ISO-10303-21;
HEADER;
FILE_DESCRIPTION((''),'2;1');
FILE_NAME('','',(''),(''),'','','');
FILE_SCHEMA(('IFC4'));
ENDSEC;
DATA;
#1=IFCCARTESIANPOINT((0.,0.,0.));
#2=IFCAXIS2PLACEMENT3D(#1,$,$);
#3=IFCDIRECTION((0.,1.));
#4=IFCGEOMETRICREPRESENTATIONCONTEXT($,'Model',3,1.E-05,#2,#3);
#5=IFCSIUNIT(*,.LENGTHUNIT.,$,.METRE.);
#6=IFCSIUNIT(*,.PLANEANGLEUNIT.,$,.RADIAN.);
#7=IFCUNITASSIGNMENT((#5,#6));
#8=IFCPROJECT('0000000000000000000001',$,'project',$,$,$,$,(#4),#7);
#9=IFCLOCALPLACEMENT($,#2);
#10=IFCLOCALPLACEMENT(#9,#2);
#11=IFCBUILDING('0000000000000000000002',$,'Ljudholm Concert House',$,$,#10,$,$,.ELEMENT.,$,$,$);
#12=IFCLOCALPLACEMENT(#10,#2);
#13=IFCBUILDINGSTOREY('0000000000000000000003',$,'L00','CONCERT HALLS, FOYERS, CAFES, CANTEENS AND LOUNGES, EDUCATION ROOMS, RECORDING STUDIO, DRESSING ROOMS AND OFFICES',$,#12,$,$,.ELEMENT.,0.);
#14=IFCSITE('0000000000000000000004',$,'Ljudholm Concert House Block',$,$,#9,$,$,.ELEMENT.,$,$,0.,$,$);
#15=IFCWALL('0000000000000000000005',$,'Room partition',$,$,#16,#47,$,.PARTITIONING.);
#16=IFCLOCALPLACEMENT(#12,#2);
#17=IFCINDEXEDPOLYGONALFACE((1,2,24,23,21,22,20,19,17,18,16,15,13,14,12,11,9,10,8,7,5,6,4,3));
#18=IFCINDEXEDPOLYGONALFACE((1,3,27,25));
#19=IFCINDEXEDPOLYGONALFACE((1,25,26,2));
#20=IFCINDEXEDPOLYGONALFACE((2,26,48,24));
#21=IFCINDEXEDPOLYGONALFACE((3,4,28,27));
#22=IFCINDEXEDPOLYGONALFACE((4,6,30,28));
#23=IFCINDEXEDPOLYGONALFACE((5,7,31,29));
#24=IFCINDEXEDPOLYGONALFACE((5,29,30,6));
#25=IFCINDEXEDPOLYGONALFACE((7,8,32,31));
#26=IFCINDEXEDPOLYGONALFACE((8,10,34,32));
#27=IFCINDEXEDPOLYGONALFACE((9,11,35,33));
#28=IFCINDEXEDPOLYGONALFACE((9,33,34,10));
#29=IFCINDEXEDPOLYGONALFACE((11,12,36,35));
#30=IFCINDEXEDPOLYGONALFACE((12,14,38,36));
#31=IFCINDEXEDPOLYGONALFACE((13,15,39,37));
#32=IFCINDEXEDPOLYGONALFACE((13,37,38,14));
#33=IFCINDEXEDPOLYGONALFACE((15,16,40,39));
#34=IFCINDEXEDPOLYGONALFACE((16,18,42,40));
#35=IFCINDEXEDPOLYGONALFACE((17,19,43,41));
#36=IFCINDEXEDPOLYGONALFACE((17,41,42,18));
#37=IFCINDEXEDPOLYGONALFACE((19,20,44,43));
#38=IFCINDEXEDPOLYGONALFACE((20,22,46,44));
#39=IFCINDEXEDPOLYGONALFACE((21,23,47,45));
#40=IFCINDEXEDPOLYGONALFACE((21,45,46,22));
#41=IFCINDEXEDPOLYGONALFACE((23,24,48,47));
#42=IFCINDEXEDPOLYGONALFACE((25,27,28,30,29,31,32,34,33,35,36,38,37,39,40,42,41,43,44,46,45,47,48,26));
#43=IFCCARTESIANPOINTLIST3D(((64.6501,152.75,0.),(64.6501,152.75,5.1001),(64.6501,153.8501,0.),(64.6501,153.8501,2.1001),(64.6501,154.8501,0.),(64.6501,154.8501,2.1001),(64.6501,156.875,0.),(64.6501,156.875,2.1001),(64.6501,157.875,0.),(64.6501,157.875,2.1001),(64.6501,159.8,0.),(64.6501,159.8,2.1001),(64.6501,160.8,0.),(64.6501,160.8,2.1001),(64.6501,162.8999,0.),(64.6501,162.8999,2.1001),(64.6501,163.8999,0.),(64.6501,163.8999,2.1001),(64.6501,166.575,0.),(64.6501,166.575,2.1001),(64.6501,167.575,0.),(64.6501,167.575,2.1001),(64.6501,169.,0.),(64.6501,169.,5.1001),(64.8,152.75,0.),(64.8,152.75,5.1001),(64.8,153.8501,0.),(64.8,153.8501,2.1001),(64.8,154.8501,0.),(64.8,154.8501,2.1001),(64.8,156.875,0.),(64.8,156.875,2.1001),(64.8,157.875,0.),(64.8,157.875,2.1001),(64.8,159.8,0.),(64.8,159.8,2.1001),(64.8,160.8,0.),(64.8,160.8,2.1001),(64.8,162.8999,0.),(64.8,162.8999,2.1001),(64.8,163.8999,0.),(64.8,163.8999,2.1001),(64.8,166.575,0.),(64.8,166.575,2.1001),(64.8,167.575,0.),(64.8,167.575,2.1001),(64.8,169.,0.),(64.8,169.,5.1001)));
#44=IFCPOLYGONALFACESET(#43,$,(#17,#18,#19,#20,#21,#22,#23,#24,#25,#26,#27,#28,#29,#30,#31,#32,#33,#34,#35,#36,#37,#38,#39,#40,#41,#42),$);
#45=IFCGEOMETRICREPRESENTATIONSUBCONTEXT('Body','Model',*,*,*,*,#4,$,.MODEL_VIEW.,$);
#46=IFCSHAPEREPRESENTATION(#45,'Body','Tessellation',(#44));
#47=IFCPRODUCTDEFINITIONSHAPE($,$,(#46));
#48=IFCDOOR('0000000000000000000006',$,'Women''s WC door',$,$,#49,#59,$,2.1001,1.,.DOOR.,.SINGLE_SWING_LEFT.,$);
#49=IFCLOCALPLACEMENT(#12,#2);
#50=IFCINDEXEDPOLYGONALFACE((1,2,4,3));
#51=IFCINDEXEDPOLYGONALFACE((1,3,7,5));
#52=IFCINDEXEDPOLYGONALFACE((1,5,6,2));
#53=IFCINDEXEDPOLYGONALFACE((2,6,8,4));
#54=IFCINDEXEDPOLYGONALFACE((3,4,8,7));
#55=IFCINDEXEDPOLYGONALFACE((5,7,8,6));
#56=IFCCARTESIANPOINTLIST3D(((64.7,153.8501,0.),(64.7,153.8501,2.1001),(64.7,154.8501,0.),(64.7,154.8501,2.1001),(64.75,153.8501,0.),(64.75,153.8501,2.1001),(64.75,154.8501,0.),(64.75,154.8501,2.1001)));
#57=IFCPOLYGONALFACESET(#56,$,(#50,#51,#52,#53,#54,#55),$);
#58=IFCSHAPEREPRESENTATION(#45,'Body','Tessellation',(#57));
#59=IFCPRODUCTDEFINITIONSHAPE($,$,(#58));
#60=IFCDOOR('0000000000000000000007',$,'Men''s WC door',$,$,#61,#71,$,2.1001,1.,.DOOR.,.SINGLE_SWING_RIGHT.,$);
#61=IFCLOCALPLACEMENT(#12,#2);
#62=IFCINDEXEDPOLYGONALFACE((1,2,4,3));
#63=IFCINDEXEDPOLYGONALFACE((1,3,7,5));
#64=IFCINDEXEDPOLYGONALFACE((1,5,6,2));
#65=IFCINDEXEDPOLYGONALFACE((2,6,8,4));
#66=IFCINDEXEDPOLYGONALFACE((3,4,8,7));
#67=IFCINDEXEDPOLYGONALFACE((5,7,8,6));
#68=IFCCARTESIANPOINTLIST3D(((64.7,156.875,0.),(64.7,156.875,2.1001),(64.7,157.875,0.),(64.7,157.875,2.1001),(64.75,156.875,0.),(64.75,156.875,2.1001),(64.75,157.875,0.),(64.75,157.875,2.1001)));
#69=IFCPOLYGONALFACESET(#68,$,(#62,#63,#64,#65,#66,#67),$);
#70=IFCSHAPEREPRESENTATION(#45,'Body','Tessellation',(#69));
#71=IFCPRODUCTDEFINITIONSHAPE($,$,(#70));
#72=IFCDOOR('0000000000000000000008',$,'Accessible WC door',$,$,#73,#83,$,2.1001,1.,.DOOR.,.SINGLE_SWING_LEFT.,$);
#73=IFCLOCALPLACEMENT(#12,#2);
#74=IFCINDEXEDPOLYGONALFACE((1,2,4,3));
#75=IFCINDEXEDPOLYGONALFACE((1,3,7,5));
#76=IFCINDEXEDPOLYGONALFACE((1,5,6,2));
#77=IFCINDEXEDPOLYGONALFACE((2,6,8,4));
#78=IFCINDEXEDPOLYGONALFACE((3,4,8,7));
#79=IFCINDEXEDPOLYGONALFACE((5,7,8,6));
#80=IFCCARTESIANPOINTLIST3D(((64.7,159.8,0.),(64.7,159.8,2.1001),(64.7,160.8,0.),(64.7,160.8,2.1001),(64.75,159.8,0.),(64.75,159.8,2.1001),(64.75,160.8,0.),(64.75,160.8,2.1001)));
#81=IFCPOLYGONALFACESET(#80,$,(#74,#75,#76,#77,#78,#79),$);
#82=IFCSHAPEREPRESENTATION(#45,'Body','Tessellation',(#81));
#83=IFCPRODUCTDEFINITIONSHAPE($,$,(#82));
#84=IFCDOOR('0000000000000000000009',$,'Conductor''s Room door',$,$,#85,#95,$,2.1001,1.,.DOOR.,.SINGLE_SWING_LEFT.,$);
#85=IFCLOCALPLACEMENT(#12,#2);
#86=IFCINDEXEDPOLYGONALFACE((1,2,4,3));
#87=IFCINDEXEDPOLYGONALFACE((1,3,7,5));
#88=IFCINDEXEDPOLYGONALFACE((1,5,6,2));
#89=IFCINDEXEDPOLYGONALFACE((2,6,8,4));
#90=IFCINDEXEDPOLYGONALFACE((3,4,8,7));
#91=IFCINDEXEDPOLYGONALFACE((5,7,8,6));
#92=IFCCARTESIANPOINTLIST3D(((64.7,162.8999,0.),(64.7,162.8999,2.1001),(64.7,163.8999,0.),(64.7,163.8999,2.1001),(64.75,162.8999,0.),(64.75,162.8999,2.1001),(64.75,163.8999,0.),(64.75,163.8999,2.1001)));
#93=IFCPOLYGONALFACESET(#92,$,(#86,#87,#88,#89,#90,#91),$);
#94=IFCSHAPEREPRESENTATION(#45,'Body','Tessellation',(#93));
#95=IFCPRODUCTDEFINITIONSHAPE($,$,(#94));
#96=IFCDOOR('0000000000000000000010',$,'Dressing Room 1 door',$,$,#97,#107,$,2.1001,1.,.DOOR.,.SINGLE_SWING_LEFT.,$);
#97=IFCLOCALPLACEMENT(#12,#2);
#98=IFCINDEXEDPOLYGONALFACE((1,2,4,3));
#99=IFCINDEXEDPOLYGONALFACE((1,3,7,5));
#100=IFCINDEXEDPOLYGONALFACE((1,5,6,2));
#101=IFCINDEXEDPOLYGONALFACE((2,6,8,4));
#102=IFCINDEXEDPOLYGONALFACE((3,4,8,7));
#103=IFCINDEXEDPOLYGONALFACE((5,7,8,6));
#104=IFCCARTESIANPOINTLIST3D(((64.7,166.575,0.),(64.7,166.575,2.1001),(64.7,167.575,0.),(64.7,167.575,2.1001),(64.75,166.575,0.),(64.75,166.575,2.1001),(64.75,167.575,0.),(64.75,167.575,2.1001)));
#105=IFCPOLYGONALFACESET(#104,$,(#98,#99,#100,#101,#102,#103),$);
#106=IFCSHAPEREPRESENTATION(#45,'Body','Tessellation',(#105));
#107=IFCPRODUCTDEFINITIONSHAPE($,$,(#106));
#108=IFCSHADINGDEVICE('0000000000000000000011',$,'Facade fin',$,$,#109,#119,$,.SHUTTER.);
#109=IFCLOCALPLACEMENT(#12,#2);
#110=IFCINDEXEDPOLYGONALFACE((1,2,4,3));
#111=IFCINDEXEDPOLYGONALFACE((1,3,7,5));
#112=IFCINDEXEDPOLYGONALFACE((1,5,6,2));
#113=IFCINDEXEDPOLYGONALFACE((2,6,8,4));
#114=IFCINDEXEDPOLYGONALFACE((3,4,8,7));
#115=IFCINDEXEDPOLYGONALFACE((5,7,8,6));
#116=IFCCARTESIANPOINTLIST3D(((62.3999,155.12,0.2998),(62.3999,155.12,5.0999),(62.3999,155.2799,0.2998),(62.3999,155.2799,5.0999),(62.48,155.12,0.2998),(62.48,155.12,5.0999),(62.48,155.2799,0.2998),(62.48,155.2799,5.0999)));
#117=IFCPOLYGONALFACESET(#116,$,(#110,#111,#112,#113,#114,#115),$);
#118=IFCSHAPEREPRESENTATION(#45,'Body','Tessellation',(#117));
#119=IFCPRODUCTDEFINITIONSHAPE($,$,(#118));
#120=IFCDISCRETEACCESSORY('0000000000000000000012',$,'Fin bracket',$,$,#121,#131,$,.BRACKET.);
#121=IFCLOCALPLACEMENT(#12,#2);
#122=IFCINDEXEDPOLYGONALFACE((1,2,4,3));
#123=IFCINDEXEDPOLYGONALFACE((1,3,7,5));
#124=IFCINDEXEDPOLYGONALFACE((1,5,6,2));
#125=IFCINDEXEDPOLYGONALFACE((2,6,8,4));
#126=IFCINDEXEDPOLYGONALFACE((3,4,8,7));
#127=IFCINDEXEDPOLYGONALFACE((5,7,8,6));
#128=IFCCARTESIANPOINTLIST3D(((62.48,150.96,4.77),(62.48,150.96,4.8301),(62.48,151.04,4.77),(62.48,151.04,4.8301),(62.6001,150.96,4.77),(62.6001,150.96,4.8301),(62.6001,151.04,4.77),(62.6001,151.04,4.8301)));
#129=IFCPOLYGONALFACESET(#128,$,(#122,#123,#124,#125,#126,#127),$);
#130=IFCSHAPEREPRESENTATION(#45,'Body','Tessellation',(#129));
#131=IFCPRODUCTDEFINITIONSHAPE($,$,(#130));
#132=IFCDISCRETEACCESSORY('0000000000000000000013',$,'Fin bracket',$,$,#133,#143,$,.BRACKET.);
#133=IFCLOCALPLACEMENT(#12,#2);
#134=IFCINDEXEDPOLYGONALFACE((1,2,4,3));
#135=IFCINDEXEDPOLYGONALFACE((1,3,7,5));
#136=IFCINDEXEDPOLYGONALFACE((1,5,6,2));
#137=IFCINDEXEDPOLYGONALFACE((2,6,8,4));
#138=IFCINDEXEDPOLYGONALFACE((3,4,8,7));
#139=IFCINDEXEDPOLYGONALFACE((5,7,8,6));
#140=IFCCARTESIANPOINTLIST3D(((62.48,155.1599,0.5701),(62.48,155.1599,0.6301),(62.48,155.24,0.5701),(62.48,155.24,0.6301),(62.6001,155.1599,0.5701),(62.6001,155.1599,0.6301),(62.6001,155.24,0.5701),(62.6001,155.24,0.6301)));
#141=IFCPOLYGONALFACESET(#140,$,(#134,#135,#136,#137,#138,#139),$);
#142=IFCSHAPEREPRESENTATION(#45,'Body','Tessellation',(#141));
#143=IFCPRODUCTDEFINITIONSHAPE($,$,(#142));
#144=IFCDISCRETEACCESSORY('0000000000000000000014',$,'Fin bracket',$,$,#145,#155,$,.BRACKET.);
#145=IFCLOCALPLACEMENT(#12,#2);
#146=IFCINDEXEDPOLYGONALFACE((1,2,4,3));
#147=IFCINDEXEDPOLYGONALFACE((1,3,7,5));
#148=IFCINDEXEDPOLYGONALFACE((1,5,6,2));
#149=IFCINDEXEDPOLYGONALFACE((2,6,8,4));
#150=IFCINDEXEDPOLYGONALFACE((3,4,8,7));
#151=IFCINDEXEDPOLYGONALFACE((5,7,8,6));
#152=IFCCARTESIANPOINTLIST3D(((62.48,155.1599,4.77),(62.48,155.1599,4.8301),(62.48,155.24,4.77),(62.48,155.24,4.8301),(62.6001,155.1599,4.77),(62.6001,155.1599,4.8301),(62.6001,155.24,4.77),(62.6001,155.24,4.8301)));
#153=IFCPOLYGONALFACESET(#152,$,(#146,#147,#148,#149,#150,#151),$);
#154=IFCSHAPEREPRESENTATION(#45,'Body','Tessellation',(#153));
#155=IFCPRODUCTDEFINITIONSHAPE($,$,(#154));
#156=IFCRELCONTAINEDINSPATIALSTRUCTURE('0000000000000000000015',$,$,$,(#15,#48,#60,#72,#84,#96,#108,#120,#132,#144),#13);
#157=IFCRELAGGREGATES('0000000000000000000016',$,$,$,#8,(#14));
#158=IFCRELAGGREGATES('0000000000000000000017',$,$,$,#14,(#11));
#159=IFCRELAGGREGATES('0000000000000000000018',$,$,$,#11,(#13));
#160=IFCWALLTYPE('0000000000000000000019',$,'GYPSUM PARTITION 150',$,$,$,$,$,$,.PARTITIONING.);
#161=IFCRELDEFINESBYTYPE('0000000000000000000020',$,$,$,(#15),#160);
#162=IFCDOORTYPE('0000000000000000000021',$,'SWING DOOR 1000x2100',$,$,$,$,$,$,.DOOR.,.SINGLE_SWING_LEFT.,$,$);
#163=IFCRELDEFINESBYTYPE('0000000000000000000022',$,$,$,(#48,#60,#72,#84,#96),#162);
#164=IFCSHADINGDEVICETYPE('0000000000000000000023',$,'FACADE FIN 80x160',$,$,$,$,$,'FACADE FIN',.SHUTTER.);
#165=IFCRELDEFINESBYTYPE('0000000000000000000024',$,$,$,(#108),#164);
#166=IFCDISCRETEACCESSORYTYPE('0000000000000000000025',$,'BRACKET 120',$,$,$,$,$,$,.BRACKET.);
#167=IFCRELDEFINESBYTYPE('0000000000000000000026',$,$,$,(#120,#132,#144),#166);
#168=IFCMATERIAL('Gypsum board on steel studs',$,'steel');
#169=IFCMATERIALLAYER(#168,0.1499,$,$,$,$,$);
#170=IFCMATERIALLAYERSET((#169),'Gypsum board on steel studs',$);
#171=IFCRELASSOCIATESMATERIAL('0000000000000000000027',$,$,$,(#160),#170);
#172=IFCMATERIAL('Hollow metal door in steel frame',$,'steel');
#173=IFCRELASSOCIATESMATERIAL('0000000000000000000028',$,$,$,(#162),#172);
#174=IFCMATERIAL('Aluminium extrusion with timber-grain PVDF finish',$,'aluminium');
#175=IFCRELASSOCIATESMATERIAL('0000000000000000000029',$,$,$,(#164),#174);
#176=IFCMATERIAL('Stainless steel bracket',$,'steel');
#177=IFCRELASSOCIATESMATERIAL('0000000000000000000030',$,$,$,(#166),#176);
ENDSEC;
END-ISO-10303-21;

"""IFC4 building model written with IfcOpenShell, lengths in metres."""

from ifc_helpers import new_model, si_unit, direction, frame, frame_2d, origin, origin_2d, place, context, subcontext, project, spatial, rectangle, extrude, material, layer, layer_set, type_object, element, fill, save


model = new_model("IFC4")

# Units and contexts
model_context = context("Model", 3, precision=1e-05, world=origin(), true_north=direction((0.0, 1.0)))
body_context = subcontext(model_context, "Body", "Model", "MODEL_VIEW")
ifc_project = project(units=[si_unit("LENGTHUNIT", "METRE"), si_unit("PLANEANGLEUNIT", "RADIAN")], contexts=[model_context])

# Site, building, storey
site_placement = place(None, origin())
site = spatial("IfcSite", under=ifc_project, at=site_placement, Name="Ljudholm Concert House Block", CompositionType="ELEMENT", RefElevation=0.0)
building_placement = place(site_placement, origin())
building = spatial("IfcBuilding", under=site, at=building_placement, Name="Ljudholm Concert House", CompositionType="ELEMENT")
storey_placement = place(building_placement, origin())
storey = spatial("IfcBuildingStorey", under=building, at=storey_placement, Name="L00", Description="CONCERT HALLS, FOYERS, CAFES, CANTEENS AND LOUNGES, EDUCATION ROOMS, RECORDING STUDIO, DRESSING ROOMS AND OFFICES", CompositionType="ELEMENT", Elevation=0.0)

# Wall, openings, doors
ifc_material_1 = material(Name="Gypsum board on steel studs", Category="steel")
ifc_layer = layer(ifc_material_1, 0.1499)
ifc_layer_set = layer_set([ifc_layer], Name="Gypsum board on steel studs")
wall_type = type_object("IfcWallType", Name="GYPSUM PARTITION 150", PredefinedType="PARTITIONING", material=ifc_layer_set)
wall_placement = place(storey_placement, frame((64.7251, 152.75, 0.0), z_axis=(0.0, 0.0, 1.0), x_axis=(0.0, 1.0, 0.0)))
wall = element("IfcWall", 1, at=wall_placement, inside=storey, type_object=wall_type, Name="Room partition", PredefinedType="PARTITIONING", context=body_context, shape_type="SweptSolid", body=[
    extrude(rectangle(XDim=16.25, YDim=0.1499, at=frame_2d((8.125, 0.0))), origin(), (0.0, 0.0, 1.0), 5.1001),
])
opening_1_placement = place(wall_placement, frame((1.1001, 0.0, 0.0)))
opening_1 = element("IfcOpeningElement", 2, at=opening_1_placement, cuts=wall, PredefinedType="OPENING", context=body_context, shape_type="SweptSolid", body=[
    extrude(rectangle(XDim=1.0, YDim=2.1001, at=frame_2d((0.5, 1.05))), frame((0.0, 0.085, 0.0), z_axis=(0.0, -1.0, 0.0), x_axis=(1.0, 0.0, 0.0)), (0.0, 0.0, 1.0), 0.1699),
])
opening_2_placement = place(wall_placement, frame((4.125, 0.0, 0.0)))
opening_2 = element("IfcOpeningElement", 3, at=opening_2_placement, cuts=wall, PredefinedType="OPENING", context=body_context, shape_type="SweptSolid", body=[
    extrude(rectangle(XDim=1.0, YDim=2.1001, at=frame_2d((0.5, 1.05))), frame((0.0, 0.085, 0.0), z_axis=(0.0, -1.0, 0.0), x_axis=(1.0, 0.0, 0.0)), (0.0, 0.0, 1.0), 0.1699),
])
opening_3_placement = place(wall_placement, frame((7.05, 0.0, 0.0)))
opening_3 = element("IfcOpeningElement", 4, at=opening_3_placement, cuts=wall, PredefinedType="OPENING", context=body_context, shape_type="SweptSolid", body=[
    extrude(rectangle(XDim=1.0, YDim=2.1001, at=frame_2d((0.5, 1.05))), frame((0.0, 0.085, 0.0), z_axis=(0.0, -1.0, 0.0), x_axis=(1.0, 0.0, 0.0)), (0.0, 0.0, 1.0), 0.1699),
])
opening_4_placement = place(wall_placement, frame((10.1499, 0.0, 0.0)))
opening_4 = element("IfcOpeningElement", 5, at=opening_4_placement, cuts=wall, PredefinedType="OPENING", context=body_context, shape_type="SweptSolid", body=[
    extrude(rectangle(XDim=1.0, YDim=2.1001, at=frame_2d((0.5, 1.05))), frame((0.0, 0.085, 0.0), z_axis=(0.0, -1.0, 0.0), x_axis=(1.0, 0.0, 0.0)), (0.0, 0.0, 1.0), 0.1699),
])
opening_5_placement = place(wall_placement, frame((13.825, 0.0, 0.0)))
opening_5 = element("IfcOpeningElement", 6, at=opening_5_placement, cuts=wall, PredefinedType="OPENING", context=body_context, shape_type="SweptSolid", body=[
    extrude(rectangle(XDim=1.0, YDim=2.1001, at=frame_2d((0.5, 1.05))), frame((0.0, 0.085, 0.0), z_axis=(0.0, -1.0, 0.0), x_axis=(1.0, 0.0, 0.0)), (0.0, 0.0, 1.0), 0.1699),
])
ifc_material_2 = material(Name="Hollow metal door in steel frame", Category="steel")
door_type = type_object("IfcDoorType", Name="SWING DOOR 1000x2100", OperationType="SINGLE_SWING_LEFT", PredefinedType="DOOR", material=ifc_material_2)
door_1_placement = place(opening_1_placement, frame((1.0, 0.0, 0.0), z_axis=(0.0, 0.0, 1.0), x_axis=(-1.0, 0.0, 0.0)))
door_1 = element("IfcDoor", 7, at=door_1_placement, inside=storey, type_object=door_type, Name="Women's WC door", OperationType="SINGLE_SWING_LEFT", OverallHeight=2.1001, OverallWidth=1.0, PredefinedType="DOOR", context=body_context, shape_type="SweptSolid", body=[
    extrude(rectangle(XDim=1.0, YDim=2.1001, at=frame_2d((0.5, 1.05))), frame((0.0, 0.0249, 0.0), z_axis=(0.0, -1.0, 0.0), x_axis=(1.0, 0.0, 0.0)), (0.0, 0.0, 1.0), 0.05),
])
fill(opening_1, door_1)
door_2_placement = place(opening_2_placement, frame((1.0, 0.0, 0.0), z_axis=(0.0, 0.0, 1.0), x_axis=(-1.0, 0.0, 0.0)))
door_2 = element("IfcDoor", 8, at=door_2_placement, inside=storey, type_object=door_type, Name="Men's WC door", OperationType="SINGLE_SWING_RIGHT", OverallHeight=2.1001, OverallWidth=1.0, PredefinedType="DOOR", context=body_context, shape_type="SweptSolid", body=[
    extrude(rectangle(XDim=1.0, YDim=2.1001, at=frame_2d((0.5, 1.05))), frame((0.0, 0.0249, 0.0), z_axis=(0.0, -1.0, 0.0), x_axis=(1.0, 0.0, 0.0)), (0.0, 0.0, 1.0), 0.05),
])
fill(opening_2, door_2)
door_3_placement = place(opening_3_placement, frame((1.0, 0.0, 0.0), z_axis=(0.0, 0.0, 1.0), x_axis=(-1.0, 0.0, 0.0)))
door_3 = element("IfcDoor", 9, at=door_3_placement, inside=storey, type_object=door_type, Name="Accessible WC door", OperationType="SINGLE_SWING_LEFT", OverallHeight=2.1001, OverallWidth=1.0, PredefinedType="DOOR", context=body_context, shape_type="SweptSolid", body=[
    extrude(rectangle(XDim=1.0, YDim=2.1001, at=frame_2d((0.5, 1.05))), frame((0.0, 0.0249, 0.0), z_axis=(0.0, -1.0, 0.0), x_axis=(1.0, 0.0, 0.0)), (0.0, 0.0, 1.0), 0.05),
])
fill(opening_3, door_3)
door_4_placement = place(opening_4_placement, frame((1.0, 0.0, 0.0), z_axis=(0.0, 0.0, 1.0), x_axis=(-1.0, 0.0, 0.0)))
door_4 = element("IfcDoor", 10, at=door_4_placement, inside=storey, type_object=door_type, Name="Conductor's Room door", OperationType="SINGLE_SWING_LEFT", OverallHeight=2.1001, OverallWidth=1.0, PredefinedType="DOOR", context=body_context, shape_type="SweptSolid", body=[
    extrude(rectangle(XDim=1.0, YDim=2.1001, at=frame_2d((0.5, 1.05))), frame((0.0, 0.0249, 0.0), z_axis=(0.0, -1.0, 0.0), x_axis=(1.0, 0.0, 0.0)), (0.0, 0.0, 1.0), 0.05),
])
fill(opening_4, door_4)
door_5_placement = place(opening_5_placement, frame((1.0, 0.0, 0.0), z_axis=(0.0, 0.0, 1.0), x_axis=(-1.0, 0.0, 0.0)))
door_5 = element("IfcDoor", 11, at=door_5_placement, inside=storey, type_object=door_type, Name="Dressing Room 1 door", OperationType="SINGLE_SWING_LEFT", OverallHeight=2.1001, OverallWidth=1.0, PredefinedType="DOOR", context=body_context, shape_type="SweptSolid", body=[
    extrude(rectangle(XDim=1.0, YDim=2.1001, at=frame_2d((0.5, 1.05))), frame((0.0, 0.0249, 0.0), z_axis=(0.0, -1.0, 0.0), x_axis=(1.0, 0.0, 0.0)), (0.0, 0.0, 1.0), 0.05),
])
fill(opening_5, door_5)

# Shading device
ifc_material_3 = material(Name="Aluminium extrusion with timber-grain PVDF finish", Category="aluminium")
shading_device_type = type_object("IfcShadingDeviceType", Name="FACADE FIN 80x160", ElementType="FACADE FIN", PredefinedType="SHUTTER", material=ifc_material_3)
shading_device_placement = place(storey_placement, frame((62.4399, 155.2, 0.2998), z_axis=(0.0, 0.0, 1.0), x_axis=(-1.0, 0.0, 0.0)))
element("IfcShadingDevice", 12, at=shading_device_placement, inside=storey, type_object=shading_device_type, Name="Facade fin", PredefinedType="SHUTTER", context=body_context, shape_type="SweptSolid", body=[
    extrude(rectangle(XDim=0.0801, YDim=0.1599, at=origin_2d()), origin(), (0.0, 0.0, 1.0), 4.8),
])

# Discrete accessories
ifc_material_4 = material(Name="Stainless steel bracket", Category="steel")
discrete_accessory_type = type_object("IfcDiscreteAccessoryType", Name="BRACKET 120", PredefinedType="BRACKET", material=ifc_material_4)
for number, where, z_axis, x_axis, name in (
    (13, (62.54, 151.0, 4.77), (0.0, 0.0, 1.0), (-1.0, 0.0, 0.0), "Fin bracket"),
    (14, (62.54, 155.2, 0.5701), (0.0, 0.0, 1.0), (-1.0, 0.0, 0.0), "Fin bracket"),
    (15, (62.54, 155.2, 4.77), (0.0, 0.0, 1.0), (-1.0, 0.0, 0.0), "Fin bracket"),
):
    element("IfcDiscreteAccessory", number, at=place(storey_placement, frame(where, z_axis=z_axis, x_axis=x_axis)), inside=storey, type_object=discrete_accessory_type, Name=name, PredefinedType="BRACKET", context=body_context, shape_type="SweptSolid", body=[
        extrude(rectangle(XDim=0.1201, YDim=0.0801, at=origin_2d()), origin(), (0.0, 0.0, 1.0), 0.0601),
    ])

save(model, "model.ifc")
